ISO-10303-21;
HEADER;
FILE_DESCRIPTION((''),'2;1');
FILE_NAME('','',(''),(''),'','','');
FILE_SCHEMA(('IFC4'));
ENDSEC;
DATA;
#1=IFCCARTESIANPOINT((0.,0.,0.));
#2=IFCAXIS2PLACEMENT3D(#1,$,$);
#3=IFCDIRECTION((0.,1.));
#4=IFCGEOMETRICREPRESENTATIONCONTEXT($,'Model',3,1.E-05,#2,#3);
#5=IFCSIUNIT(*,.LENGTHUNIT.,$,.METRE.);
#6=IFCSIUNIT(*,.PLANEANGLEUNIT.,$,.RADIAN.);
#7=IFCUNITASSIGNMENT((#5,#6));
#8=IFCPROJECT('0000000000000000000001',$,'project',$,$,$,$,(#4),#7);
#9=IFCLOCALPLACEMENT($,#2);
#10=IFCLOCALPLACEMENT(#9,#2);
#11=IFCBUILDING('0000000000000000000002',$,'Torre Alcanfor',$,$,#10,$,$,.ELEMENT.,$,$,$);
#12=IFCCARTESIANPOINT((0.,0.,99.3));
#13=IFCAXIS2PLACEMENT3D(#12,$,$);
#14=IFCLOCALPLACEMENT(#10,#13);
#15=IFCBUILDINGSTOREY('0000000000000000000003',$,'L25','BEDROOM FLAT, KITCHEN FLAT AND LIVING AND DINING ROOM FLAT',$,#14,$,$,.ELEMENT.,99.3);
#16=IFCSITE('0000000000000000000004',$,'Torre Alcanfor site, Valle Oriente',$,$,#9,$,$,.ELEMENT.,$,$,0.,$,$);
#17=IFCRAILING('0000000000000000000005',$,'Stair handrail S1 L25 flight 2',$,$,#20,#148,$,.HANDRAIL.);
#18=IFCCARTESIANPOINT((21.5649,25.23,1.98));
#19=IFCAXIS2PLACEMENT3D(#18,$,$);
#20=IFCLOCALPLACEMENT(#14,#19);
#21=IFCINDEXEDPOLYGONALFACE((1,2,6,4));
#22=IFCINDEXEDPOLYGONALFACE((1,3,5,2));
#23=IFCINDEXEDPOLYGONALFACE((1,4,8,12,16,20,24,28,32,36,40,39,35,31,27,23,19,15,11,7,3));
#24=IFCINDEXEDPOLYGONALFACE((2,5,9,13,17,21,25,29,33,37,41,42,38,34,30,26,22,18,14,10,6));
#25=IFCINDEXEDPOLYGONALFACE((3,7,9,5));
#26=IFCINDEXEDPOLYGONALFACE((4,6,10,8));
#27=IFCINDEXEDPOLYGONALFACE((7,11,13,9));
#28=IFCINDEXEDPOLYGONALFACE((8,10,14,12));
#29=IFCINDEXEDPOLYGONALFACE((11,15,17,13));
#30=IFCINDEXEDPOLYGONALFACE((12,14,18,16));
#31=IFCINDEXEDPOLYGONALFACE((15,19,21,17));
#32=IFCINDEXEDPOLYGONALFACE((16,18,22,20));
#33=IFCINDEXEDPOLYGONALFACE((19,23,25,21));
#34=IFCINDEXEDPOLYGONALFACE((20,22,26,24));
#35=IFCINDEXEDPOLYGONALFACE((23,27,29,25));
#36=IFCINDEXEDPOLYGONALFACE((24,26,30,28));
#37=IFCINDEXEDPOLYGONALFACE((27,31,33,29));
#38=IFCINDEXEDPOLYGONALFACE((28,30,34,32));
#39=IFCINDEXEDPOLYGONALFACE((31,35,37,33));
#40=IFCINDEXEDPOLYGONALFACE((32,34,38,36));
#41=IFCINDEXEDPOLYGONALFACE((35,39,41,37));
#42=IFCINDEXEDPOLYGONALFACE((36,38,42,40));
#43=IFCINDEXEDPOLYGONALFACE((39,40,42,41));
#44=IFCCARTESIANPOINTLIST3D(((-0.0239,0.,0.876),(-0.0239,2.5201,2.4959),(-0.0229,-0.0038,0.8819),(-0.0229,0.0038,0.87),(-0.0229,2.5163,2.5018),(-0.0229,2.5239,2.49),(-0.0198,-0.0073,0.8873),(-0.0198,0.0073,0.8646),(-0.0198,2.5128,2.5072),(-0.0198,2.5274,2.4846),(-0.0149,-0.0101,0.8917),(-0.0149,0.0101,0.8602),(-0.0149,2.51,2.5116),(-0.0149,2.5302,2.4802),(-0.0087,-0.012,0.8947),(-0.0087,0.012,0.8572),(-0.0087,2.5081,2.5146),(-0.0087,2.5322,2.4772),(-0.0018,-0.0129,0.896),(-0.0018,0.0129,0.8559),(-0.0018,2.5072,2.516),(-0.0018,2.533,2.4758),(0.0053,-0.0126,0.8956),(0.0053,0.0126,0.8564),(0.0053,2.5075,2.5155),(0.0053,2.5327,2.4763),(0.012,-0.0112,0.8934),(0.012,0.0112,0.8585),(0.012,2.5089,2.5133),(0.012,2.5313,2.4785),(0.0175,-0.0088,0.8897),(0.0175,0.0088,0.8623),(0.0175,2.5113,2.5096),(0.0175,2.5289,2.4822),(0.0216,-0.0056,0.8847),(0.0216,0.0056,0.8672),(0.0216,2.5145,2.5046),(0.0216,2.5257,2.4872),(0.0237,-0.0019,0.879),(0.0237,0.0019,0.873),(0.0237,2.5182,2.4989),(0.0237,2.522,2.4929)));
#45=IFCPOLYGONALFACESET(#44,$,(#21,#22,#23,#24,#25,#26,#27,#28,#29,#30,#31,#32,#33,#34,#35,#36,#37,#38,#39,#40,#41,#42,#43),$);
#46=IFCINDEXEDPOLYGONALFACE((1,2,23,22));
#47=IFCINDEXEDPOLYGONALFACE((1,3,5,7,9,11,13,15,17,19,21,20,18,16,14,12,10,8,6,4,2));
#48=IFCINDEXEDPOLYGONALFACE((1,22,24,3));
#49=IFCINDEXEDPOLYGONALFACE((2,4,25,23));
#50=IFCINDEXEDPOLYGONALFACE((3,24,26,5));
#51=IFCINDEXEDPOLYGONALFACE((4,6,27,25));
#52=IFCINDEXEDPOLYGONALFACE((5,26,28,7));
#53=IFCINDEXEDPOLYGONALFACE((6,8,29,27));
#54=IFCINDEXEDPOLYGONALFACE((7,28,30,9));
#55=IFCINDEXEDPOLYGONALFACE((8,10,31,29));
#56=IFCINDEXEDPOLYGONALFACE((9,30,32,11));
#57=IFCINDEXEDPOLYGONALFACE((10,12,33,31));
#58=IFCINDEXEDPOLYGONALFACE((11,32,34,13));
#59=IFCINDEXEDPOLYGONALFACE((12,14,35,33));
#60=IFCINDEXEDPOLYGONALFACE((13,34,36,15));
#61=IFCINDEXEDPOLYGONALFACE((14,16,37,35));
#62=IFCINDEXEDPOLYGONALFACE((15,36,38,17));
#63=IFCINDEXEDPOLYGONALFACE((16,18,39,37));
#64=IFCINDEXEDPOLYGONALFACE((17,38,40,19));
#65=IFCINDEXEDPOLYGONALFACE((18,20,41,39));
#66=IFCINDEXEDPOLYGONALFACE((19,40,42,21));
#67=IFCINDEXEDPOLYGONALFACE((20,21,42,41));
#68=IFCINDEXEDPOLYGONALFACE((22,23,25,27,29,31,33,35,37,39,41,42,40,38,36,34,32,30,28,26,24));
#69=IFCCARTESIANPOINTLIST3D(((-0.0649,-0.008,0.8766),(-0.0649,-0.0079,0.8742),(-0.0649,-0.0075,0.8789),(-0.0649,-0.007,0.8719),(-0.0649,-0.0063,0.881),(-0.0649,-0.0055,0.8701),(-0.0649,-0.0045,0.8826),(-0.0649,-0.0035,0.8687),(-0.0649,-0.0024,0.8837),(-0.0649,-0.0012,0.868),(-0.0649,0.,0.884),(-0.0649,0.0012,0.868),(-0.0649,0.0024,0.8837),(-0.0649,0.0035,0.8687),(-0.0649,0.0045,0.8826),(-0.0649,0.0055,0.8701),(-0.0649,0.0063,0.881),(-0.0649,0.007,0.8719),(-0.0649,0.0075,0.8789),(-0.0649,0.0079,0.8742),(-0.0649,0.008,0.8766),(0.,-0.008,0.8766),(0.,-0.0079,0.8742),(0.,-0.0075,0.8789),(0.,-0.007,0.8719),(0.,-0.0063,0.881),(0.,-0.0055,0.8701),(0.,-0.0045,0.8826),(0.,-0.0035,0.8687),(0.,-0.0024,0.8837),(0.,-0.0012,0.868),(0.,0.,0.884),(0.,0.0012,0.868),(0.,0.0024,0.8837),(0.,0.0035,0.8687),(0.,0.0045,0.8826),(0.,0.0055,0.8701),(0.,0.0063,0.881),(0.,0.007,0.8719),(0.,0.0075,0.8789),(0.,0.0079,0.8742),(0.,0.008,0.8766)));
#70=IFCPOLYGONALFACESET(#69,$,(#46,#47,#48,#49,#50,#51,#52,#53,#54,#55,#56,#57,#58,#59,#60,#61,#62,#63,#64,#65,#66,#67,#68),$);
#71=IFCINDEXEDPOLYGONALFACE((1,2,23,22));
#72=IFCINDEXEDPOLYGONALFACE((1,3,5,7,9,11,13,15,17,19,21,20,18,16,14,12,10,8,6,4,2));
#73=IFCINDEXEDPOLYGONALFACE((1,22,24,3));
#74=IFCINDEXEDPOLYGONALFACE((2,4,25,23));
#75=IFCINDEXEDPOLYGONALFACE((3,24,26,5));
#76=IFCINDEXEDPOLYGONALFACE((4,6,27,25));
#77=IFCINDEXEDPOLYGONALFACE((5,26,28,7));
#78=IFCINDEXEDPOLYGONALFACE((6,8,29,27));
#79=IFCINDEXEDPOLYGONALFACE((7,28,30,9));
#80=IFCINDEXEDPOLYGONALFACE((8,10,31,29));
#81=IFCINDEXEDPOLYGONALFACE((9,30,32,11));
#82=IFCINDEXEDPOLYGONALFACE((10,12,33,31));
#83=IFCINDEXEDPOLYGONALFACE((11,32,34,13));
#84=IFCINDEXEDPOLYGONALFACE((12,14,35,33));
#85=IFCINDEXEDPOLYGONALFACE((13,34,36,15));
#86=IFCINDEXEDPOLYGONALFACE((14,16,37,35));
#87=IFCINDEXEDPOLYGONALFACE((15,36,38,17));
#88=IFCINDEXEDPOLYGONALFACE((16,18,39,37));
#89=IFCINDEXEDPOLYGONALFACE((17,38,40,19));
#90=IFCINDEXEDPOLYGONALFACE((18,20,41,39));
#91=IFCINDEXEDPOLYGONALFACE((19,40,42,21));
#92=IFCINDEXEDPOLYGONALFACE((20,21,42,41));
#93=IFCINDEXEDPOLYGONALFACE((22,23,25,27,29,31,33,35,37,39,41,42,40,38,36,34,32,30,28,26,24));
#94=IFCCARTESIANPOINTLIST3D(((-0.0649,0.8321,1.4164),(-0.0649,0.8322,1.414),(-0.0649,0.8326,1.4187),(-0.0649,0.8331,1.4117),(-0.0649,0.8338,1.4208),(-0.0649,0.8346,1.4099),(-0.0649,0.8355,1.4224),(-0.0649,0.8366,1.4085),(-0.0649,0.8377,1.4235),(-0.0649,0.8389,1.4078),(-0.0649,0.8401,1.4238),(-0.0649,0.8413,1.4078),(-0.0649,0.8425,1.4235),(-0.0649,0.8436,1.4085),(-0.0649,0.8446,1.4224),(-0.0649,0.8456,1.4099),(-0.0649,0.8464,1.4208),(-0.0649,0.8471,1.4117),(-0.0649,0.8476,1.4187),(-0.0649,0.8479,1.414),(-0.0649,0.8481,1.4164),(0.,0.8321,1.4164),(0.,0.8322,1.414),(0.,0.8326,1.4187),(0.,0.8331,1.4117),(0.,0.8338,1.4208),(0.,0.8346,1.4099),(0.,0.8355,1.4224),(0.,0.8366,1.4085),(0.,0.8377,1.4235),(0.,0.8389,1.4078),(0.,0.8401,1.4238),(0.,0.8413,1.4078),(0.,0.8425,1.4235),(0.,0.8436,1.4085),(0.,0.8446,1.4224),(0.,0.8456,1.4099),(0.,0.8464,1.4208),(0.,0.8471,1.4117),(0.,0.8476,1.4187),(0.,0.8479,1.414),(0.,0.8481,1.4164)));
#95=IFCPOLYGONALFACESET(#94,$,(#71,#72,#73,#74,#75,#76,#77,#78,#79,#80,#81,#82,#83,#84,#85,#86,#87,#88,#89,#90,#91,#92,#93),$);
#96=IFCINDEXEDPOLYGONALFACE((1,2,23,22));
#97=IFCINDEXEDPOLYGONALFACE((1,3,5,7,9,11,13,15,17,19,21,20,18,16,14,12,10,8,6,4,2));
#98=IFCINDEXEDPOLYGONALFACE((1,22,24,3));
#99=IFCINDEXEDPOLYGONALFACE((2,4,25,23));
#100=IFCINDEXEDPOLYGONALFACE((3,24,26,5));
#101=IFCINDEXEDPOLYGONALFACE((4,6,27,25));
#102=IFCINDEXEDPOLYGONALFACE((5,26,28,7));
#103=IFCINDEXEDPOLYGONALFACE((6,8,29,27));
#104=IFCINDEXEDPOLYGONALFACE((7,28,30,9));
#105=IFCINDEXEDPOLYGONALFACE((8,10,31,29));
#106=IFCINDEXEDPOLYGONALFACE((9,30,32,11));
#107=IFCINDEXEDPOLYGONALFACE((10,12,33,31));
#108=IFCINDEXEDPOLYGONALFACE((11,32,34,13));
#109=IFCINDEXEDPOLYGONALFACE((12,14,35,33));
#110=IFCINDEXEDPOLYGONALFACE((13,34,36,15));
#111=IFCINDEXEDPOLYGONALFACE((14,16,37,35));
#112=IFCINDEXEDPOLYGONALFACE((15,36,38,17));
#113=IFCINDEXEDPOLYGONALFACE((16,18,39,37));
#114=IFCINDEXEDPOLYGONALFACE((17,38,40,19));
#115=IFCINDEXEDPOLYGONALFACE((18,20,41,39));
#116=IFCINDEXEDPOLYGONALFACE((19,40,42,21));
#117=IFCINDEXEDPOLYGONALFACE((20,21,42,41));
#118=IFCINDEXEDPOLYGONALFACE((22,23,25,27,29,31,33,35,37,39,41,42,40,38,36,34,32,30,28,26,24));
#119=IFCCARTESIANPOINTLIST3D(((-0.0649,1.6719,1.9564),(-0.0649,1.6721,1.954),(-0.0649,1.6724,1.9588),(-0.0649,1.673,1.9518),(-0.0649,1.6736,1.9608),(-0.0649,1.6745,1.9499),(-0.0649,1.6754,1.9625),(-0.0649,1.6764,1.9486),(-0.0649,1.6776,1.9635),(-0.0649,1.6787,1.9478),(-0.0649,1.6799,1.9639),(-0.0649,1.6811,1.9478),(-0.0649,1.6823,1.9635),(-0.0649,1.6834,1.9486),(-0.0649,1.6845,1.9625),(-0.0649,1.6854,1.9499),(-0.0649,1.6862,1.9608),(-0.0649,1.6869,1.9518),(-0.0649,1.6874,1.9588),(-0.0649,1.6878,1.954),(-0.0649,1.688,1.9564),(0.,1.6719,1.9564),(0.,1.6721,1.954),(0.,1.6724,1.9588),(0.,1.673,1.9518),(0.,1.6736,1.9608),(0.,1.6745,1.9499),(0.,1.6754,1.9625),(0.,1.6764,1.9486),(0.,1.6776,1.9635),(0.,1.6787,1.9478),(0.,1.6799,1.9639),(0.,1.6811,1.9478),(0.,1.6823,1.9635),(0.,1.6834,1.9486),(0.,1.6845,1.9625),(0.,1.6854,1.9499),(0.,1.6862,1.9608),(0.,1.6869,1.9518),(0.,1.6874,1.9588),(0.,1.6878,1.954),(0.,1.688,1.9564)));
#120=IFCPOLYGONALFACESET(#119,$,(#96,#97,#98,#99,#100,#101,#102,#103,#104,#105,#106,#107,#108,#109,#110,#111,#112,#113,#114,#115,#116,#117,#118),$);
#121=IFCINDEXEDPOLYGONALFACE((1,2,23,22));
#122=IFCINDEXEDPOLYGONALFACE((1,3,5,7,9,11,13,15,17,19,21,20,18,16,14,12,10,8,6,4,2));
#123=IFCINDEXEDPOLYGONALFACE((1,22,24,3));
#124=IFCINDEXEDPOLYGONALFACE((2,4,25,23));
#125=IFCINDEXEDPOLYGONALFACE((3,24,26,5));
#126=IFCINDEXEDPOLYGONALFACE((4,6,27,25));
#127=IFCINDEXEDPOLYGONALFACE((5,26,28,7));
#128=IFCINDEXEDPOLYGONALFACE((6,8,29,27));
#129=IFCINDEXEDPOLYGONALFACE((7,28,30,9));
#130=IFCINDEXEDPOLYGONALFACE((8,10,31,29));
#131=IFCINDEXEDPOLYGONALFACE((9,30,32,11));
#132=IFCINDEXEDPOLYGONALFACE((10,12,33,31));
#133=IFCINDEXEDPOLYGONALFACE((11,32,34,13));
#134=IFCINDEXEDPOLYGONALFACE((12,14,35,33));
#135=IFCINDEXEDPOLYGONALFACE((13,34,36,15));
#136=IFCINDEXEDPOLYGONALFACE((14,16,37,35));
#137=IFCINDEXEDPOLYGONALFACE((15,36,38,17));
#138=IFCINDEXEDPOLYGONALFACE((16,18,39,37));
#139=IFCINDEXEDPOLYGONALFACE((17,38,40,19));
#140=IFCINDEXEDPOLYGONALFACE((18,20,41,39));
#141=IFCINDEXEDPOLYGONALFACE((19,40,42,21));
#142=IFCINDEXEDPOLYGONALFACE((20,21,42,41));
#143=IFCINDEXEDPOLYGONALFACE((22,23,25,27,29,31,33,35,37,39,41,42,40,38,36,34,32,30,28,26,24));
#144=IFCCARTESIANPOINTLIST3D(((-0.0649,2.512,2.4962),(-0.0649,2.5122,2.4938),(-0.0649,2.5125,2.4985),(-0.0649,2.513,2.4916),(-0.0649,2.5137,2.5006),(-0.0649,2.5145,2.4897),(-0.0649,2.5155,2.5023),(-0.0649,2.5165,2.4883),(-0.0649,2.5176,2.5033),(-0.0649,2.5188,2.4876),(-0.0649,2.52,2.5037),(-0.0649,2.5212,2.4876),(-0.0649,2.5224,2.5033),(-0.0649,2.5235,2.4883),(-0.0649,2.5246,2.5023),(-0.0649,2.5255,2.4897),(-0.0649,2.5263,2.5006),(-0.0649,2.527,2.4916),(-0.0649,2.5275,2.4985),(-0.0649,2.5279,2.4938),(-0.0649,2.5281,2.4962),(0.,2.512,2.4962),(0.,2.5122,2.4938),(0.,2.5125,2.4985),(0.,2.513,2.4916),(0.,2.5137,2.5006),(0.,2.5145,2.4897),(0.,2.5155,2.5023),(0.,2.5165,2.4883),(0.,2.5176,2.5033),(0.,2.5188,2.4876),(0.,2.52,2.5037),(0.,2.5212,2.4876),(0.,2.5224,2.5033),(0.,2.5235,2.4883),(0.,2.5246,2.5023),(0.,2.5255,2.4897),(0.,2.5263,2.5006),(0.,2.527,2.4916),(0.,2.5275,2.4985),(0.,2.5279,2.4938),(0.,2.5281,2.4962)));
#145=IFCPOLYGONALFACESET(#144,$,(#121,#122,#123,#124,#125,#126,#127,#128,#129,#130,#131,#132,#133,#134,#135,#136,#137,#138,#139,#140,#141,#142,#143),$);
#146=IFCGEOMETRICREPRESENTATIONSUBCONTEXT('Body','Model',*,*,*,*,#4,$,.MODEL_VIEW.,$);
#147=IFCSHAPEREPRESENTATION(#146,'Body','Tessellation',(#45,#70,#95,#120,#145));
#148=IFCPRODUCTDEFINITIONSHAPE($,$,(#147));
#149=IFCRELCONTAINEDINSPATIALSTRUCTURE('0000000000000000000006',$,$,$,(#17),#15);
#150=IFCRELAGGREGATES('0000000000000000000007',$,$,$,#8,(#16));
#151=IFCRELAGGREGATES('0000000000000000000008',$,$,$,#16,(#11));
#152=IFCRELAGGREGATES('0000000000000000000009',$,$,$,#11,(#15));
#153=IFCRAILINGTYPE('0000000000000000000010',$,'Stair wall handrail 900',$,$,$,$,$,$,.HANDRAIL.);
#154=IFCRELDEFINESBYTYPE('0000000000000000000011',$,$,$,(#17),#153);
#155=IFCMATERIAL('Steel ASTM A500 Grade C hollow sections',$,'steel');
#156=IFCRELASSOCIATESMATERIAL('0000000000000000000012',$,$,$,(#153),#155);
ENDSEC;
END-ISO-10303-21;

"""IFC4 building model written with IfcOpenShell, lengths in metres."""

from ifc_helpers import new_model, si_unit, direction, frame, origin, origin_2d, place, context, subcontext, project, spatial, circle, extrude, material, type_object, element, save


model = new_model("IFC4")

# Units and contexts
model_context = context("Model", 3, precision=1e-05, world=origin(), true_north=direction((0.0, 1.0)))
body_context = subcontext(model_context, "Body", "Model", "MODEL_VIEW")
ifc_project = project(units=[si_unit("LENGTHUNIT", "METRE"), si_unit("PLANEANGLEUNIT", "RADIAN")], contexts=[model_context])

# Site, building, storey
site_placement = place(None, origin())
site = spatial("IfcSite", under=ifc_project, at=site_placement, Name="Torre Alcanfor site, Valle Oriente", CompositionType="ELEMENT", RefElevation=0.0)
building_placement = place(site_placement, origin())
building = spatial("IfcBuilding", under=site, at=building_placement, Name="Torre Alcanfor", CompositionType="ELEMENT")
storey_placement = place(building_placement, frame((0.0, 0.0, 99.3)))
storey = spatial("IfcBuildingStorey", under=building, at=storey_placement, Name="L25", Description="BEDROOM FLAT, KITCHEN FLAT AND LIVING AND DINING ROOM FLAT", CompositionType="ELEMENT", Elevation=99.3)

# Railing
ifc_material_1 = material(Name="Steel ASTM A500 Grade C hollow sections", Category="steel")
railing_type_1 = type_object("IfcRailingType", Name="Stair wall handrail 900", PredefinedType="HANDRAIL", material=ifc_material_1)
railing_1_placement = place(storey_placement, frame((21.5649, 25.23, 1.98)))
element("IfcRailing", 1, at=railing_1_placement, inside=storey, type_object=railing_type_1, Name="Stair handrail S1 L25 flight 2", PredefinedType="HANDRAIL", context=body_context, shape_type="SweptSolid", body=[
    extrude(circle(Radius=0.0239, at=origin_2d()), frame((0.0, 0.0, 0.876), z_axis=(0.0, 0.8412, 0.540725), x_axis=(-1.0, 0.0, 0.0)), (0.0, 0.0, 1.0), 2.9958),
    extrude(circle(Radius=0.0081, at=origin_2d()), frame((0.0, 0.0, 0.876), z_axis=(-1.0, 0.0, 0.0), x_axis=(0.0, 0.0, 1.0)), (0.0, 0.0, 1.0), 0.0649),
    extrude(circle(Radius=0.0081, at=origin_2d()), frame((0.0, 0.8401, 1.4158), z_axis=(-1.0, 0.0, 0.0), x_axis=(0.0, 0.0, 1.0)), (0.0, 0.0, 1.0), 0.0649),
    extrude(circle(Radius=0.0081, at=origin_2d()), frame((0.0, 1.6799, 1.9558), z_axis=(-1.0, 0.0, 0.0), x_axis=(0.0, 0.0, 1.0)), (0.0, 0.0, 1.0), 0.0649),
    extrude(circle(Radius=0.0081, at=origin_2d()), frame((0.0, 2.52, 2.4956), z_axis=(-1.0, 0.0, 0.0), x_axis=(0.0, 0.0, 1.0)), (0.0, 0.0, 1.0), 0.0649),
])

save(model, "model.ifc")
